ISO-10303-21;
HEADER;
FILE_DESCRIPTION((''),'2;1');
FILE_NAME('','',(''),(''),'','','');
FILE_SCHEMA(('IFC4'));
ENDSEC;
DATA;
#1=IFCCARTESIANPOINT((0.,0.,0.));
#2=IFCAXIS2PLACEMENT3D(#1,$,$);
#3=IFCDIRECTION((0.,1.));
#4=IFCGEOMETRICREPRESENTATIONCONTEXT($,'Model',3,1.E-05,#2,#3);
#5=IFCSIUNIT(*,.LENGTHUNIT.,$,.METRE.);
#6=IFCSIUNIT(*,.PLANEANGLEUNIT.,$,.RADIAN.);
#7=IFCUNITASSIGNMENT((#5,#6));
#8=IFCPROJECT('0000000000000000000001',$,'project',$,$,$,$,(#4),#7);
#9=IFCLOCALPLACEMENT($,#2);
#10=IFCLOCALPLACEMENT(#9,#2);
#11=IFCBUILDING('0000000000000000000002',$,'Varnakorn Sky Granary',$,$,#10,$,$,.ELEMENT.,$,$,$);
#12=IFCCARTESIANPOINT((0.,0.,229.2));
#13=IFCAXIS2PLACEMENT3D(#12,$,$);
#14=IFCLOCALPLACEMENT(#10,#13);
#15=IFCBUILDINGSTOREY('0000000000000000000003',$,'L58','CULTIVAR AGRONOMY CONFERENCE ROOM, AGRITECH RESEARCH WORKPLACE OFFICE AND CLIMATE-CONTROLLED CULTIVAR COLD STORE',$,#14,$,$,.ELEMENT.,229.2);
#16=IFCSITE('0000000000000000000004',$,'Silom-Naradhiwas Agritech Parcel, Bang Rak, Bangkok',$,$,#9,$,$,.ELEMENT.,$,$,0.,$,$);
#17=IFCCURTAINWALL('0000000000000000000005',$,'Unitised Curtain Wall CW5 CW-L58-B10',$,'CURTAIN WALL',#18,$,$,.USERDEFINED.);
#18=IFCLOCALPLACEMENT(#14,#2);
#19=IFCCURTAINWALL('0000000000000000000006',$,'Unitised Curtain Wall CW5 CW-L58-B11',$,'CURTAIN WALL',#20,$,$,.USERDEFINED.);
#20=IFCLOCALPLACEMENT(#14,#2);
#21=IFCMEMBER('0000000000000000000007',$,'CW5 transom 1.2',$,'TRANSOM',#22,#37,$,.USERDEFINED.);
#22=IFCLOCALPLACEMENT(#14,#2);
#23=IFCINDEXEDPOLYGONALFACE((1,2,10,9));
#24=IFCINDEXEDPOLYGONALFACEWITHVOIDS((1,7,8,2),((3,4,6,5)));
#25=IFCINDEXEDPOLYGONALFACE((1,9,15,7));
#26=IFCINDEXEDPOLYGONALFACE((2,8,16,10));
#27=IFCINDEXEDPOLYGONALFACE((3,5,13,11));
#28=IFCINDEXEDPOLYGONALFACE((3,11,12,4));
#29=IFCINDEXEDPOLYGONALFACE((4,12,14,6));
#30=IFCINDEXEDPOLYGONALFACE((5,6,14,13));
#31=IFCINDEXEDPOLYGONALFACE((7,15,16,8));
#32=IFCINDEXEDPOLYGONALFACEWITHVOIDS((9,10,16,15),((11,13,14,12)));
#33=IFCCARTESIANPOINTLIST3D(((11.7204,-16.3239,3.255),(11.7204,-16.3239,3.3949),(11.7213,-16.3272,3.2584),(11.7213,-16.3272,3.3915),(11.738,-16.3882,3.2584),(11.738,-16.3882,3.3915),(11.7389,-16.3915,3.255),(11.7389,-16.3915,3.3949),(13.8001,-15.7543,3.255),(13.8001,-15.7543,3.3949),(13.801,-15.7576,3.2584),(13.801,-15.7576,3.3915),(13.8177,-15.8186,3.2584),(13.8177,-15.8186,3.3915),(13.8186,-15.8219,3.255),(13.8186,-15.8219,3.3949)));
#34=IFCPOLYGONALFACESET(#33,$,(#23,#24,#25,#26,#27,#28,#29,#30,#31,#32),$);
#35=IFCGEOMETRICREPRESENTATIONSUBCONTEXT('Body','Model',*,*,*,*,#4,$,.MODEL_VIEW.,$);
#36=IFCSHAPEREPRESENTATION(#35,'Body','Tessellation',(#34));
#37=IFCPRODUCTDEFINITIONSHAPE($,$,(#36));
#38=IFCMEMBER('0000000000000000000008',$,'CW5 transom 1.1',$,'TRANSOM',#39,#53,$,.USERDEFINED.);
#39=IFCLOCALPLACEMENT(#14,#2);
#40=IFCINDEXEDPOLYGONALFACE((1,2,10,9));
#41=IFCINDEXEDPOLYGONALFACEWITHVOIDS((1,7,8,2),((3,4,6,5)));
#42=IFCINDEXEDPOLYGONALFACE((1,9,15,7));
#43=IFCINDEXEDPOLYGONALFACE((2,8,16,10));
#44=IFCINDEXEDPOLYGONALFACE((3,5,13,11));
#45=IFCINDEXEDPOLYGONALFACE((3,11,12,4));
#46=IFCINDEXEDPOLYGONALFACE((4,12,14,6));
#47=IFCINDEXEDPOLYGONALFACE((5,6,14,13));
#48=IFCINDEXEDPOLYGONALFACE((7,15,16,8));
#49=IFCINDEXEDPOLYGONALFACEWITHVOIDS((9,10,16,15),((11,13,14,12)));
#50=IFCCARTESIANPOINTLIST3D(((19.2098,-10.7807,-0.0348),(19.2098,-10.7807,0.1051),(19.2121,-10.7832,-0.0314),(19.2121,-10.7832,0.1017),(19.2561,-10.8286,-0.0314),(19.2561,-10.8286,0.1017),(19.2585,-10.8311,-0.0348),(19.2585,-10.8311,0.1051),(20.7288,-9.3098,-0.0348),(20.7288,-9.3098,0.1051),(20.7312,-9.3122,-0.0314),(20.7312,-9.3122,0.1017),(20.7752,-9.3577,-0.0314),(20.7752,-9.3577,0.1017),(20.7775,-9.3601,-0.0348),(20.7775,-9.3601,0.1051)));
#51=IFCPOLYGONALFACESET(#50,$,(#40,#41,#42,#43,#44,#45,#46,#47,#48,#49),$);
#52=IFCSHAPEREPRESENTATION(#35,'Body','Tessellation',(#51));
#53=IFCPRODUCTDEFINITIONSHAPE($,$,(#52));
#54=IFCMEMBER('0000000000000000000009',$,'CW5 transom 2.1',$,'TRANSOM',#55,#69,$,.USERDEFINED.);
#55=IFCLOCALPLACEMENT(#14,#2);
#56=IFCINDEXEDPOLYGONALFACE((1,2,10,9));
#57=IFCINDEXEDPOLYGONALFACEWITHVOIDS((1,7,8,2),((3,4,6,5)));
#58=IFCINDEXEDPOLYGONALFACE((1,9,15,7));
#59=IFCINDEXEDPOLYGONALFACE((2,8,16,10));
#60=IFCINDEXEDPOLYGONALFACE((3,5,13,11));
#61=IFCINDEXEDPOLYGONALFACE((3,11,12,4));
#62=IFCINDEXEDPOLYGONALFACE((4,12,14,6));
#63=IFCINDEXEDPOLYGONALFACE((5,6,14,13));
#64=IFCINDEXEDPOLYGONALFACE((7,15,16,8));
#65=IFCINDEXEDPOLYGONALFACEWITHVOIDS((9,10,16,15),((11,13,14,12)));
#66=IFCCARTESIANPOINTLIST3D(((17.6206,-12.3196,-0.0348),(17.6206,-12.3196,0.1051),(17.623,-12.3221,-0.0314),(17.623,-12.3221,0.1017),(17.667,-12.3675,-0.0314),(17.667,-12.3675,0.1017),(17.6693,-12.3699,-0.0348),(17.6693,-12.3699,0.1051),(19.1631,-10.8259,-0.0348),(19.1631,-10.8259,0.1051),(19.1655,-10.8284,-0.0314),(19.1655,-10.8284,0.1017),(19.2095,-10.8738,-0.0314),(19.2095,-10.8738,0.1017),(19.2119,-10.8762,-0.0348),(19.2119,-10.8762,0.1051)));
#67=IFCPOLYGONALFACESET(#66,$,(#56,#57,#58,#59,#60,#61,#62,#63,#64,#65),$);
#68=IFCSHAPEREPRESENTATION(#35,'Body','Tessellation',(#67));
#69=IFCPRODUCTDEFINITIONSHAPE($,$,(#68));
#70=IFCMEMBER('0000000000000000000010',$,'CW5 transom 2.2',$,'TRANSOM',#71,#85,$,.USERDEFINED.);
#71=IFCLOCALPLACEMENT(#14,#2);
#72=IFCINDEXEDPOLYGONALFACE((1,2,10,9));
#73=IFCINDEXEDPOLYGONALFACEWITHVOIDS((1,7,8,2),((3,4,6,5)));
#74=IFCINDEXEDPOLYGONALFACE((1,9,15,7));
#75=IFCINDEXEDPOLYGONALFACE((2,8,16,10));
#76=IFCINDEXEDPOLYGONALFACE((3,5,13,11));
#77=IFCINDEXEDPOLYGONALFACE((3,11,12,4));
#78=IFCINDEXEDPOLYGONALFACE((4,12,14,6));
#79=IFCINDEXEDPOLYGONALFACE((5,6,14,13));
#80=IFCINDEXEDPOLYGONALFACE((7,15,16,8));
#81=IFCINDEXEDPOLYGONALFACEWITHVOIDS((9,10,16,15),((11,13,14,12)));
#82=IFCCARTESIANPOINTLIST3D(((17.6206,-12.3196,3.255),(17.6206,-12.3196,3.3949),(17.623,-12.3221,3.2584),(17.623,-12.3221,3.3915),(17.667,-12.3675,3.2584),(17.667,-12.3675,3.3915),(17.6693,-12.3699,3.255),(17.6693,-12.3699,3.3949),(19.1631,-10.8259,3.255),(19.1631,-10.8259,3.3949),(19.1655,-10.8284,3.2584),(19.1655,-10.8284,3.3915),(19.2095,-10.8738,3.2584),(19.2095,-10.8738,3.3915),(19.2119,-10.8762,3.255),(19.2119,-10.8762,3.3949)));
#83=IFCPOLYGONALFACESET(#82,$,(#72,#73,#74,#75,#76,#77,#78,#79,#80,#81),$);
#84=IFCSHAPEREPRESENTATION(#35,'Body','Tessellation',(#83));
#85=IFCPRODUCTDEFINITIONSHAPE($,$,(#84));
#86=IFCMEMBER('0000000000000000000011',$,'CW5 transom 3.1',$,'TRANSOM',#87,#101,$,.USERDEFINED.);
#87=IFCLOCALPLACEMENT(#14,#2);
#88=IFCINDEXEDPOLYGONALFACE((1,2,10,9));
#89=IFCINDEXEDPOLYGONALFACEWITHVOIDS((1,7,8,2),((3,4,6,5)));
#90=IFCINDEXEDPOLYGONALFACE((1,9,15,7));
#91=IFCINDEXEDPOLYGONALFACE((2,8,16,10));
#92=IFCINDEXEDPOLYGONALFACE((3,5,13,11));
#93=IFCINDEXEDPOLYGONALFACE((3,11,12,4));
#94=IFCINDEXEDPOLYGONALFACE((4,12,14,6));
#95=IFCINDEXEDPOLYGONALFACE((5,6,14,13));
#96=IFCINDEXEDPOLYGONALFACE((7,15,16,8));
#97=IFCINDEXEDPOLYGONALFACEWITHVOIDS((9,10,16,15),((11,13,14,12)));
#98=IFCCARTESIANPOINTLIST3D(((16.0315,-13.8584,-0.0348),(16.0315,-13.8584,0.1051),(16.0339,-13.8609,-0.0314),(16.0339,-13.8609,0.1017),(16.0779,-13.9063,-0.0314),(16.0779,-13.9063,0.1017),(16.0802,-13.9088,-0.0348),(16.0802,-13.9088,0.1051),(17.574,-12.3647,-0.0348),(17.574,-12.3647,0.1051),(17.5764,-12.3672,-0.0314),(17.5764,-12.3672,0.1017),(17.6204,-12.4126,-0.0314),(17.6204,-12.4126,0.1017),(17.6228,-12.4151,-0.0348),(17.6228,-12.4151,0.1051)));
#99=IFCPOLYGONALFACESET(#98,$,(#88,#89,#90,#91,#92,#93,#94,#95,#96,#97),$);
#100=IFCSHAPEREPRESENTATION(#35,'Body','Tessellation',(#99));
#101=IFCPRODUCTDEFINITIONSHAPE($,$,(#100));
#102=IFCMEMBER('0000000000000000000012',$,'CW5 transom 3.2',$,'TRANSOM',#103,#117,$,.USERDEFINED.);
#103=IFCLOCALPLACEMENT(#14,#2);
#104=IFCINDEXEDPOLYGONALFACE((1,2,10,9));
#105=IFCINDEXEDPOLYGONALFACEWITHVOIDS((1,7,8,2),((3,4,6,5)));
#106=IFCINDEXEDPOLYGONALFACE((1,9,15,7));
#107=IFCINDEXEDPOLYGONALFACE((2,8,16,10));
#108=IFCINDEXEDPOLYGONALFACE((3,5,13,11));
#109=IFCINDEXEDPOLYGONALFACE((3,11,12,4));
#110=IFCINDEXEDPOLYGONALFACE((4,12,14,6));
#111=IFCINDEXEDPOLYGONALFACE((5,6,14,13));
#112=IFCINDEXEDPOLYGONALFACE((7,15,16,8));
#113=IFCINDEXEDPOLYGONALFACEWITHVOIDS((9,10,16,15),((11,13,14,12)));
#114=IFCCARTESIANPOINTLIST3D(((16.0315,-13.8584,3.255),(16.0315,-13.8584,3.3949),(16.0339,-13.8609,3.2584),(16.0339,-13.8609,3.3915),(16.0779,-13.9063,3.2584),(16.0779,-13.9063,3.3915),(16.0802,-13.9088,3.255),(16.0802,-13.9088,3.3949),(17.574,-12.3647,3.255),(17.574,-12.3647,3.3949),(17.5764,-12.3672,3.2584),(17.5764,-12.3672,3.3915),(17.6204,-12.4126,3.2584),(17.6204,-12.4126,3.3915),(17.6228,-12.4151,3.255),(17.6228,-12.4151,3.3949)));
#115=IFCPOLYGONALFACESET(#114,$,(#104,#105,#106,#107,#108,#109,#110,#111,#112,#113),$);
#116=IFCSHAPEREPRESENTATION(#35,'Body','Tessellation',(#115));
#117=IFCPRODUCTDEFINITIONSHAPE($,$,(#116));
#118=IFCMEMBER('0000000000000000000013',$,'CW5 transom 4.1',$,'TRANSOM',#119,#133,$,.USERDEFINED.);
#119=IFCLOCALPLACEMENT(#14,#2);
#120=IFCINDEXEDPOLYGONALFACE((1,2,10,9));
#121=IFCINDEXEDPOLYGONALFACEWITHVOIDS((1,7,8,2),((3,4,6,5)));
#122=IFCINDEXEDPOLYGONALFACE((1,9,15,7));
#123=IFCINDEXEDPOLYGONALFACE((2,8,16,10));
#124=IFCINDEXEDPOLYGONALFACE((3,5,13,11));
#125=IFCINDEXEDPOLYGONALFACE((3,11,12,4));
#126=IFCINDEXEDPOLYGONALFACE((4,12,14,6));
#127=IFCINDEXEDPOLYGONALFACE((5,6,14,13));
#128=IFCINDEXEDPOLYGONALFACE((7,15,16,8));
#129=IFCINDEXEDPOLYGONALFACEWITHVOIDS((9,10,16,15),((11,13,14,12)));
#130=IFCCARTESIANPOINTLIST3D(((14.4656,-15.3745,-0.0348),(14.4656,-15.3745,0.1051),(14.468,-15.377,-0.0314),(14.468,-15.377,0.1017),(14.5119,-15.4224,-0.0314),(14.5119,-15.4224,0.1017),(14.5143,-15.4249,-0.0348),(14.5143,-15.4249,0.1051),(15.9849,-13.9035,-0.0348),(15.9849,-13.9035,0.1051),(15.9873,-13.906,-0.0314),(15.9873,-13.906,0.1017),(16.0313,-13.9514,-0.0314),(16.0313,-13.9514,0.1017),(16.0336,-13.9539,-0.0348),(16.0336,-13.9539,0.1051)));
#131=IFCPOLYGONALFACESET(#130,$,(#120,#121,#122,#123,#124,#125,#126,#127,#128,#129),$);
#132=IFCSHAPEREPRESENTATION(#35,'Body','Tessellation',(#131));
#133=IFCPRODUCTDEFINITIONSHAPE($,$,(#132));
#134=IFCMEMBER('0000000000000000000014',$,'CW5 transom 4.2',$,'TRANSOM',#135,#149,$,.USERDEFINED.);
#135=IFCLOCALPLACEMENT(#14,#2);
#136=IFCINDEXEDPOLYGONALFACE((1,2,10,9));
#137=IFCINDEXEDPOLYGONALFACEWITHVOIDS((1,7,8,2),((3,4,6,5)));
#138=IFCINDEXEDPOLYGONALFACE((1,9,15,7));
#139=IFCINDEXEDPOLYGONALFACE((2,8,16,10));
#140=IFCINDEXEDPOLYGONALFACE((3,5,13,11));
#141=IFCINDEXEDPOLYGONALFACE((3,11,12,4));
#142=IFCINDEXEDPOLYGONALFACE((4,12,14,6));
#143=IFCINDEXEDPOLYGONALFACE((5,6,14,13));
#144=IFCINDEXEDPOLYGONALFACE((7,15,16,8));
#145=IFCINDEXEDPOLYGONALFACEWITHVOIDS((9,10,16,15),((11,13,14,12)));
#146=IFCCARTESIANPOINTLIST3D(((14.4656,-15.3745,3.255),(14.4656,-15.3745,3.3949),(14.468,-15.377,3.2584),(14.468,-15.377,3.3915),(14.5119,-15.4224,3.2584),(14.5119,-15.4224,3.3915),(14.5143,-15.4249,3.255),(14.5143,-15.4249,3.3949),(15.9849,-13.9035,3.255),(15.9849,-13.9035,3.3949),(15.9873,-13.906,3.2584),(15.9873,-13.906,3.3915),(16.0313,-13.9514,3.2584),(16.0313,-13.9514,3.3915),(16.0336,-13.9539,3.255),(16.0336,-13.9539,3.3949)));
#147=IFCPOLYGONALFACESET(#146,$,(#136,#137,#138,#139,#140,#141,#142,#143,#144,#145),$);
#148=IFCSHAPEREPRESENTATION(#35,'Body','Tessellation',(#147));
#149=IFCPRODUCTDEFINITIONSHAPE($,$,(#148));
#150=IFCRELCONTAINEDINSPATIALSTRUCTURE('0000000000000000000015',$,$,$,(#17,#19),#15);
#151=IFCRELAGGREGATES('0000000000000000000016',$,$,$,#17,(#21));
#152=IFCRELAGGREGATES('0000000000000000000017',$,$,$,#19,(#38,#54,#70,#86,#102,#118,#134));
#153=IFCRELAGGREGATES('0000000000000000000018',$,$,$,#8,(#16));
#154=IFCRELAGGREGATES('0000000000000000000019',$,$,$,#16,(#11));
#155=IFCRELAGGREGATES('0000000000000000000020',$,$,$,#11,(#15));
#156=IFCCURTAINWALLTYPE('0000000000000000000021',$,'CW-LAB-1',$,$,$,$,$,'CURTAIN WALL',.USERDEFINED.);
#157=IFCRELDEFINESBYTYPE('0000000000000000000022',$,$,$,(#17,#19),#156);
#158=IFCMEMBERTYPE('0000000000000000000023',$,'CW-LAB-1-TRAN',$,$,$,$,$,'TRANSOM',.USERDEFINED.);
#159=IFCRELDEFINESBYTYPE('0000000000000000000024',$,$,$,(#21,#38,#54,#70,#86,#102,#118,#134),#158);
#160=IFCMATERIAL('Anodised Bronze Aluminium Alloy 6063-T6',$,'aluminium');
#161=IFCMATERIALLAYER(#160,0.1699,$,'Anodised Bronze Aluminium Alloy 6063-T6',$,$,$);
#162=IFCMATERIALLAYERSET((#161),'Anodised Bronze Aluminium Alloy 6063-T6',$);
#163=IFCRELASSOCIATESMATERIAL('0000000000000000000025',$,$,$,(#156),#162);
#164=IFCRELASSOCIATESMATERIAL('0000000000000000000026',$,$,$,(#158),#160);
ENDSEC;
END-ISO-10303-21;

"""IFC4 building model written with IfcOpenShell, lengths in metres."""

from ifc_helpers import new_model, si_unit, direction, frame, origin, origin_2d, place, context, subcontext, project, spatial, hollow_rectangle, extrude, material, layer, layer_set, material_profile, profile_set, type_object, element, aggregate, save


model = new_model("IFC4")

# Units and contexts
model_context = context("Model", 3, precision=1e-05, world=origin(), true_north=direction((0.0, 1.0)))
body_context = subcontext(model_context, "Body", "Model", "MODEL_VIEW")
ifc_project = project(units=[si_unit("LENGTHUNIT", "METRE"), si_unit("PLANEANGLEUNIT", "RADIAN")], contexts=[model_context])

# Site, building, storey
site_placement = place(None, origin())
site = spatial("IfcSite", under=ifc_project, at=site_placement, Name="Silom-Naradhiwas Agritech Parcel, Bang Rak, Bangkok", CompositionType="ELEMENT", RefElevation=0.0)
building_placement = place(site_placement, origin())
building = spatial("IfcBuilding", under=site, at=building_placement, Name="Varnakorn Sky Granary", CompositionType="ELEMENT")
storey_placement = place(building_placement, frame((0.0, 0.0, 229.2)))
storey = spatial("IfcBuildingStorey", under=building, at=storey_placement, Name="L58", Description="CULTIVAR AGRONOMY CONFERENCE ROOM, AGRITECH RESEARCH WORKPLACE OFFICE AND CLIMATE-CONTROLLED CULTIVAR COLD STORE", CompositionType="ELEMENT", Elevation=229.2)

# Curtain wall
ifc_material_1 = material(Name="Anodised Bronze Aluminium Alloy 6063-T6", Category="aluminium")
ifc_layer_1 = layer(ifc_material_1, 0.1699, Name="Anodised Bronze Aluminium Alloy 6063-T6")
ifc_layer_set_1 = layer_set([ifc_layer_1], Name="Anodised Bronze Aluminium Alloy 6063-T6")
curtain_wall_type = type_object("IfcCurtainWallType", Name="CW-LAB-1", ElementType="CURTAIN WALL", PredefinedType="USERDEFINED", material=ifc_layer_set_1)
curtain_wall_1_placement = place(storey_placement, origin())
curtain_wall_1 = element("IfcCurtainWall", 1, at=curtain_wall_1_placement, inside=storey, type_object=curtain_wall_type, Name="Unitised Curtain Wall CW5 CW-L58-B10", ObjectType="CURTAIN WALL", PredefinedType="USERDEFINED")

# Curtain wall
curtain_wall_2_placement = place(storey_placement, origin())
curtain_wall_2 = element("IfcCurtainWall", 2, at=curtain_wall_2_placement, inside=storey, type_object=curtain_wall_type, Name="Unitised Curtain Wall CW5 CW-L58-B11", ObjectType="CURTAIN WALL", PredefinedType="USERDEFINED")

# Members
ifc_material_profile_1 = material_profile(ifc_material_1, hollow_rectangle(XDim=0.0701, YDim=0.1399, WallThickness=0.0034, at=origin_2d()), Name="ALU TRAN 70x140")
ifc_profile_set_1 = profile_set([ifc_material_profile_1], Name="Anodised Bronze Aluminium Alloy 6063-T6")
member_type_1 = type_object("IfcMemberType", Name="CW-LAB-1-TRAN", ElementType="TRANSOM", PredefinedType="USERDEFINED", material=ifc_profile_set_1)
member_1_placement = place(storey_placement, frame((13.8093, -15.7881, 3.325), z_axis=(-0.964478, -0.264162, 0.0), x_axis=(0.264162, -0.964478, 0.0)))
member_1 = element("IfcMember", 3, at=member_1_placement, type_object=member_type_1, Name="CW5 transom 1.2", ObjectType="TRANSOM", PredefinedType="USERDEFINED", context=body_context, shape_type="SweptSolid", body=[
    extrude(hollow_rectangle(XDim=0.0701, YDim=0.1399, WallThickness=0.0034, at=origin_2d()), origin(), (0.0, 0.0, 1.0), 2.1562),
])
aggregate(curtain_wall_1, [member_1])
member_2_placement = place(storey_placement, frame((20.7532, -9.335, 0.0352), z_axis=(-0.718388, -0.695643, 0.0), x_axis=(0.695643, -0.718388, 0.0)))
member_2 = element("IfcMember", 4, at=member_2_placement, type_object=member_type_1, Name="CW5 transom 1.1", ObjectType="TRANSOM", PredefinedType="USERDEFINED", context=body_context, shape_type="SweptSolid", body=[
    extrude(hollow_rectangle(XDim=0.0701, YDim=0.1399, WallThickness=0.0034, at=origin_2d()), origin(), (0.0, 0.0, 1.0), 2.1145),
])
member_3_placement = place(storey_placement, frame((19.1875, -10.8511, 0.0352), z_axis=(-0.718386, -0.695645, 0.0), x_axis=(0.695645, -0.718386, 0.0)))
member_3 = element("IfcMember", 5, at=member_3_placement, type_object=member_type_1, Name="CW5 transom 2.1", ObjectType="TRANSOM", PredefinedType="USERDEFINED", context=body_context, shape_type="SweptSolid", body=[
    extrude(hollow_rectangle(XDim=0.0701, YDim=0.1399, WallThickness=0.0034, at=origin_2d()), origin(), (0.0, 0.0, 1.0), 2.1472),
])
member_4_placement = place(storey_placement, frame((19.1875, -10.8511, 3.325), z_axis=(-0.718386, -0.695645, 0.0), x_axis=(0.695645, -0.718386, 0.0)))
member_4 = element("IfcMember", 6, at=member_4_placement, type_object=member_type_1, Name="CW5 transom 2.2", ObjectType="TRANSOM", PredefinedType="USERDEFINED", context=body_context, shape_type="SweptSolid", body=[
    extrude(hollow_rectangle(XDim=0.0701, YDim=0.1399, WallThickness=0.0034, at=origin_2d()), origin(), (0.0, 0.0, 1.0), 2.1472),
])
member_5_placement = place(storey_placement, frame((17.5984, -12.3899, 0.0352), z_axis=(-0.718386, -0.695645, 0.0), x_axis=(0.695645, -0.718386, 0.0)))
member_5 = element("IfcMember", 7, at=member_5_placement, type_object=member_type_1, Name="CW5 transom 3.1", ObjectType="TRANSOM", PredefinedType="USERDEFINED", context=body_context, shape_type="SweptSolid", body=[
    extrude(hollow_rectangle(XDim=0.0701, YDim=0.1399, WallThickness=0.0034, at=origin_2d()), origin(), (0.0, 0.0, 1.0), 2.1472),
])
member_6_placement = place(storey_placement, frame((17.5984, -12.3899, 3.325), z_axis=(-0.718386, -0.695645, 0.0), x_axis=(0.695645, -0.718386, 0.0)))
member_6 = element("IfcMember", 8, at=member_6_placement, type_object=member_type_1, Name="CW5 transom 3.2", ObjectType="TRANSOM", PredefinedType="USERDEFINED", context=body_context, shape_type="SweptSolid", body=[
    extrude(hollow_rectangle(XDim=0.0701, YDim=0.1399, WallThickness=0.0034, at=origin_2d()), origin(), (0.0, 0.0, 1.0), 2.1472),
])
member_7_placement = place(storey_placement, frame((16.0093, -13.9287, 0.0352), z_axis=(-0.718444, -0.695585, 0.0), x_axis=(0.695585, -0.718444, 0.0)))
member_7 = element("IfcMember", 9, at=member_7_placement, type_object=member_type_1, Name="CW5 transom 4.1", ObjectType="TRANSOM", PredefinedType="USERDEFINED", context=body_context, shape_type="SweptSolid", body=[
    extrude(hollow_rectangle(XDim=0.0701, YDim=0.1399, WallThickness=0.0034, at=origin_2d()), origin(), (0.0, 0.0, 1.0), 2.1147),
])
member_8_placement = place(storey_placement, frame((16.0093, -13.9287, 3.325), z_axis=(-0.718444, -0.695585, 0.0), x_axis=(0.695585, -0.718444, 0.0)))
member_8 = element("IfcMember", 10, at=member_8_placement, type_object=member_type_1, Name="CW5 transom 4.2", ObjectType="TRANSOM", PredefinedType="USERDEFINED", context=body_context, shape_type="SweptSolid", body=[
    extrude(hollow_rectangle(XDim=0.0701, YDim=0.1399, WallThickness=0.0034, at=origin_2d()), origin(), (0.0, 0.0, 1.0), 2.1147),
])

aggregate(curtain_wall_2, [member_2, member_3, member_4, member_5, member_6, member_7, member_8])

save(model, "model.ifc")
